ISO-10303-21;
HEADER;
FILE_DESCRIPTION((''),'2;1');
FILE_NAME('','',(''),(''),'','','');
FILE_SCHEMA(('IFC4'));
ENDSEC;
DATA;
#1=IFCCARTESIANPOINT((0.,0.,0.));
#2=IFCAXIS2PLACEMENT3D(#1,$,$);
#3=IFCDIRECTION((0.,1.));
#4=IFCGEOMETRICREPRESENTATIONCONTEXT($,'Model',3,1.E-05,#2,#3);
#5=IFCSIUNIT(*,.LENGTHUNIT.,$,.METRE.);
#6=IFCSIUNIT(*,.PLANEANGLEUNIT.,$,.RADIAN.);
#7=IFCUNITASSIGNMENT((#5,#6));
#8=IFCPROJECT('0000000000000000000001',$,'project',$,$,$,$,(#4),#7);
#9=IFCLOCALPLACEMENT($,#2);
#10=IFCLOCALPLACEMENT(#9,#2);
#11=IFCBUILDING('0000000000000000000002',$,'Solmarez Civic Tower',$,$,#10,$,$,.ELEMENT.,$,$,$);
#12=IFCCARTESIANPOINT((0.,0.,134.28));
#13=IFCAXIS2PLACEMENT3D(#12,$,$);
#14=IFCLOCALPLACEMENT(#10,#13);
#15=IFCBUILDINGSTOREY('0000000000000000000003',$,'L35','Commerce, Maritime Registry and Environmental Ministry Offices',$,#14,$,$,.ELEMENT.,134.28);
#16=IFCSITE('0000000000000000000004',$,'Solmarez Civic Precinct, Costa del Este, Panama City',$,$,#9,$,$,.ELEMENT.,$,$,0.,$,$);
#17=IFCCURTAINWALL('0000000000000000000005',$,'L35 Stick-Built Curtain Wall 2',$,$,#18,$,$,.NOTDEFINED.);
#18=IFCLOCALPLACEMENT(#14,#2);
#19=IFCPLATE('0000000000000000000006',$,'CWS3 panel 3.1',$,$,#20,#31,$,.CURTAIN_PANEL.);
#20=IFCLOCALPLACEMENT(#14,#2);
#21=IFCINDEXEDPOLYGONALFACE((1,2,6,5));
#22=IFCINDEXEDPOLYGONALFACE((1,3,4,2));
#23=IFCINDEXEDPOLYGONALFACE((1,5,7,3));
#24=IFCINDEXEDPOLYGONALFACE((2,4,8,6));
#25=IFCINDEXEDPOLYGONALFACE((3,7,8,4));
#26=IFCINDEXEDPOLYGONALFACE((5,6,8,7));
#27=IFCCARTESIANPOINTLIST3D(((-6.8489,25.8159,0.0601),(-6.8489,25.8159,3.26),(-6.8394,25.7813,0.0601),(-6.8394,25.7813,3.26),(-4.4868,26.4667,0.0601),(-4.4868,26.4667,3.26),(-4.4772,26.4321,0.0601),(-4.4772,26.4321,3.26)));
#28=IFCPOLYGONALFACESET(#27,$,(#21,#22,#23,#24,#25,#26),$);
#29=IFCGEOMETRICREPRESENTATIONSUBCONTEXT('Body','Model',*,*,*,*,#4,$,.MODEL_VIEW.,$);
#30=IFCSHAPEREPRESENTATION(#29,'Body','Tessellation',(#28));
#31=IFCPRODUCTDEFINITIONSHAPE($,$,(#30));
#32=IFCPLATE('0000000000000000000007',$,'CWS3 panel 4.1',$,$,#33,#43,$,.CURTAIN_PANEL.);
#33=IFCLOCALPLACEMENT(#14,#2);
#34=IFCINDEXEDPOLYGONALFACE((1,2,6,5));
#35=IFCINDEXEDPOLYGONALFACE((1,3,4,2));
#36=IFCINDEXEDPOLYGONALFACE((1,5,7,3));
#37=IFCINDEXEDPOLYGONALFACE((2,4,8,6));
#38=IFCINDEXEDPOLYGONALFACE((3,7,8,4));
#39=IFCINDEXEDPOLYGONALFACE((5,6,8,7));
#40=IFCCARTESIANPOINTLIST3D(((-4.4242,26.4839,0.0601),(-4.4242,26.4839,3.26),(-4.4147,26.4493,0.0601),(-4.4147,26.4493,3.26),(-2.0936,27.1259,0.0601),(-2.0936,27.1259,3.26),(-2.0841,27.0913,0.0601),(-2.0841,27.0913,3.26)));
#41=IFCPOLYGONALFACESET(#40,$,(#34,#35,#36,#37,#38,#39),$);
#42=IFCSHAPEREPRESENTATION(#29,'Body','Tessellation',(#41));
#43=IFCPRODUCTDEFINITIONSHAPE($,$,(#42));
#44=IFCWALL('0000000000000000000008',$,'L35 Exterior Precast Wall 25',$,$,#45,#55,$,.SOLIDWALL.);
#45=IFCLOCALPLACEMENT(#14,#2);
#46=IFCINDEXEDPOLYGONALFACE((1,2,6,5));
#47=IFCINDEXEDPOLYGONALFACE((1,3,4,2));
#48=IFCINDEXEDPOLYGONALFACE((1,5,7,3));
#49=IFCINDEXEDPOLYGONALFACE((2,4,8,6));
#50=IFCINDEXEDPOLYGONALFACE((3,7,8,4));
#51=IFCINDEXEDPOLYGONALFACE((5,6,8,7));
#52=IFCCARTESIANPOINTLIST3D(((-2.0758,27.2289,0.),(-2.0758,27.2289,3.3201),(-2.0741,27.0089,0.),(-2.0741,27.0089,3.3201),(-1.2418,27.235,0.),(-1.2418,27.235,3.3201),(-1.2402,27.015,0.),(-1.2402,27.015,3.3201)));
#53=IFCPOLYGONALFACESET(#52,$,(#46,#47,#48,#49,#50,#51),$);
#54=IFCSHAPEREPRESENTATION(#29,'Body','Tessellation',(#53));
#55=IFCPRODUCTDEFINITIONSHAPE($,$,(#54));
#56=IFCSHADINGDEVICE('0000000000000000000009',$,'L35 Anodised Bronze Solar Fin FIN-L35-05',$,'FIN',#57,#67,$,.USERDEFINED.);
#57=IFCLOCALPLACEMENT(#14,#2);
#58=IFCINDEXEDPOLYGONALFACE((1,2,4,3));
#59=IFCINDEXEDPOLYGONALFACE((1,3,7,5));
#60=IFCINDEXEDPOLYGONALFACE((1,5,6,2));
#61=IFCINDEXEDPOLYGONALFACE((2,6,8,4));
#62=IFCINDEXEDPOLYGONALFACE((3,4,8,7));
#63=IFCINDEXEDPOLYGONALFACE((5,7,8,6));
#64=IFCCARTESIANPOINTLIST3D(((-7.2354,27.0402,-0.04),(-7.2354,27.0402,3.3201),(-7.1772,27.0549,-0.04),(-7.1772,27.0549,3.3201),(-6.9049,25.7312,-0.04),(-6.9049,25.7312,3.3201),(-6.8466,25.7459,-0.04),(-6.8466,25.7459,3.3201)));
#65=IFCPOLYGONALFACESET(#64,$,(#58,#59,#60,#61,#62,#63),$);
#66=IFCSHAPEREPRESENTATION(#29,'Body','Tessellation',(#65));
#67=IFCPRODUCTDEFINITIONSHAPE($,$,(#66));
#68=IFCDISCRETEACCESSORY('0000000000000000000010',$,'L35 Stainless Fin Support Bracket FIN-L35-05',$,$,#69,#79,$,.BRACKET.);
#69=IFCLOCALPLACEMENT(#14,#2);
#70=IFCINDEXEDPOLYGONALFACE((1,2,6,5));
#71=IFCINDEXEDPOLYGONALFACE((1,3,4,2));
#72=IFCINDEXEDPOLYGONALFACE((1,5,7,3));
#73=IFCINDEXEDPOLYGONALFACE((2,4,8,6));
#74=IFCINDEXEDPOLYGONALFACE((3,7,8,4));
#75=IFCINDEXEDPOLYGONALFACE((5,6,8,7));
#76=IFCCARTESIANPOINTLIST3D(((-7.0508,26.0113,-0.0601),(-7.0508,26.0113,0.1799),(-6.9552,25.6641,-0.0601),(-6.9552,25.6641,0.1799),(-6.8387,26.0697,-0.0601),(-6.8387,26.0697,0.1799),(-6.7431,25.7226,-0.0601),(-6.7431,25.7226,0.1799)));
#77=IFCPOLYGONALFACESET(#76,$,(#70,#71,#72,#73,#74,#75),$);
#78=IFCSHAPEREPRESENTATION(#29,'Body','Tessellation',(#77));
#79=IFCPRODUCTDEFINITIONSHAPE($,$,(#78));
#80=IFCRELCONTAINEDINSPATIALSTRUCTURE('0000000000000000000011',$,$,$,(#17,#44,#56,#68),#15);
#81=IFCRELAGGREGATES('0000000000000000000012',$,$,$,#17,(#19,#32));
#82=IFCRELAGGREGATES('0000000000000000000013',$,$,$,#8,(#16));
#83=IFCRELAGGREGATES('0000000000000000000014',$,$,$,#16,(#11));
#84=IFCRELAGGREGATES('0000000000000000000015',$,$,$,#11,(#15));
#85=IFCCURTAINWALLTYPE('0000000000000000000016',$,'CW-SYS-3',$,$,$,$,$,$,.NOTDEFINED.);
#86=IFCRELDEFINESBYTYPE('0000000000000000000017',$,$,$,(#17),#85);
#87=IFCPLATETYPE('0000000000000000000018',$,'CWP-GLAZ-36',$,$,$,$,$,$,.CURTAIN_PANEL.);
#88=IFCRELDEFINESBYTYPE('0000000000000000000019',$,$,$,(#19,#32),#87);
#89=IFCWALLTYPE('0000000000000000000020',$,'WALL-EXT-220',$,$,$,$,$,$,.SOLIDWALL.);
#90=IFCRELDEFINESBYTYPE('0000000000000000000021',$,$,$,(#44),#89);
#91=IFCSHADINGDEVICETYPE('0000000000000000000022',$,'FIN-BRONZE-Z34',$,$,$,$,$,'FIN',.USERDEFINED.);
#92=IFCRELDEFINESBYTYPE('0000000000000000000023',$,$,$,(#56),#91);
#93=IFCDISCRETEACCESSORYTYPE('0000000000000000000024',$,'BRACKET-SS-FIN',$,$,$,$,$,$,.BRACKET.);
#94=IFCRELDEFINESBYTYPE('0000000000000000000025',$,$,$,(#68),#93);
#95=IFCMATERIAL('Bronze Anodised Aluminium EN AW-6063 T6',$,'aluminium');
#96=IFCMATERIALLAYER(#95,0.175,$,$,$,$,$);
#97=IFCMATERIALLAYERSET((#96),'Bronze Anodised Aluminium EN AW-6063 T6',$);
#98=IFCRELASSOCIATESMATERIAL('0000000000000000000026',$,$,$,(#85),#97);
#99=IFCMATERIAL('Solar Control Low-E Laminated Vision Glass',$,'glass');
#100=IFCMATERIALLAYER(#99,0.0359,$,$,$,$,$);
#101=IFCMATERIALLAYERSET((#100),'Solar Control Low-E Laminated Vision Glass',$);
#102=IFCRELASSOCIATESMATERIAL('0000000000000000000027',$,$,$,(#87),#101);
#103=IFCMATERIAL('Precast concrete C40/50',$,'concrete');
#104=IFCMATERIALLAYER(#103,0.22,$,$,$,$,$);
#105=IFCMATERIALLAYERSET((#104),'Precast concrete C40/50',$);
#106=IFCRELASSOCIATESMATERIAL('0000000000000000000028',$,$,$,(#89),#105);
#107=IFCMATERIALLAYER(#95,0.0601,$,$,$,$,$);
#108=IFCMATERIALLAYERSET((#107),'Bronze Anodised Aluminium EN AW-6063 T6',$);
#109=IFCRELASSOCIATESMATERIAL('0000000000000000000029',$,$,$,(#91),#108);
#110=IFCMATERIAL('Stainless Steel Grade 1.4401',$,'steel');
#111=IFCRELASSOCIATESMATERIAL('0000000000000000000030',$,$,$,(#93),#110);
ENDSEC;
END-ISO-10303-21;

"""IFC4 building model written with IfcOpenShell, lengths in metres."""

from ifc_helpers import new_model, si_unit, direction, frame, frame_2d, origin, origin_2d, place, context, subcontext, project, spatial, rectangle, extrude, material, layer, layer_set, type_object, element, aggregate, save


model = new_model("IFC4")

# Units and contexts
model_context = context("Model", 3, precision=1e-05, world=origin(), true_north=direction((0.0, 1.0)))
body_context = subcontext(model_context, "Body", "Model", "MODEL_VIEW")
ifc_project = project(units=[si_unit("LENGTHUNIT", "METRE"), si_unit("PLANEANGLEUNIT", "RADIAN")], contexts=[model_context])

# Site, building, storey
site_placement = place(None, origin())
site = spatial("IfcSite", under=ifc_project, at=site_placement, Name="Solmarez Civic Precinct, Costa del Este, Panama City", CompositionType="ELEMENT", RefElevation=0.0)
building_placement = place(site_placement, origin())
building = spatial("IfcBuilding", under=site, at=building_placement, Name="Solmarez Civic Tower", CompositionType="ELEMENT")
storey_placement = place(building_placement, frame((0.0, 0.0, 134.28)))
storey = spatial("IfcBuildingStorey", under=building, at=storey_placement, Name="L35", Description="Commerce, Maritime Registry and Environmental Ministry Offices", CompositionType="ELEMENT", Elevation=134.28)

# Curtain wall, plates
ifc_material_1 = material(Name="Bronze Anodised Aluminium EN AW-6063 T6", Category="aluminium")
ifc_layer_1 = layer(ifc_material_1, 0.175)
ifc_layer_set_1 = layer_set([ifc_layer_1], Name="Bronze Anodised Aluminium EN AW-6063 T6")
curtain_wall_type = type_object("IfcCurtainWallType", Name="CW-SYS-3", PredefinedType="NOTDEFINED", material=ifc_layer_set_1)
curtain_wall_placement = place(storey_placement, origin())
curtain_wall = element("IfcCurtainWall", 1, at=curtain_wall_placement, inside=storey, type_object=curtain_wall_type, Name="L35 Stick-Built Curtain Wall 2", PredefinedType="NOTDEFINED")
ifc_material_2 = material(Name="Solar Control Low-E Laminated Vision Glass", Category="glass")
ifc_layer_2 = layer(ifc_material_2, 0.0359)
ifc_layer_set_2 = layer_set([ifc_layer_2], Name="Solar Control Low-E Laminated Vision Glass")
plate_type = type_object("IfcPlateType", Name="CWP-GLAZ-36", PredefinedType="CURTAIN_PANEL", material=ifc_layer_set_2)
plate_1_placement = place(storey_placement, frame((-5.6631, 26.124, 0.0601), z_axis=(0.0, 0.0, 1.0), x_axis=(0.964084, 0.265598, 0.0)))
plate_1 = element("IfcPlate", 2, at=plate_1_placement, type_object=plate_type, Name="CWS3 panel 3.1", PredefinedType="CURTAIN_PANEL", context=body_context, shape_type="SweptSolid", body=[
    extrude(rectangle(XDim=2.4502, YDim=0.0359, at=origin_2d()), origin(), (0.0, 0.0, 1.0), 3.2),
])
plate_2_placement = place(storey_placement, frame((-3.2542, 26.7876, 0.0601), z_axis=(0.0, 0.0, 1.0), x_axis=(0.964084, 0.265598, 0.0)))
plate_2 = element("IfcPlate", 3, at=plate_2_placement, type_object=plate_type, Name="CWS3 panel 4.1", PredefinedType="CURTAIN_PANEL", context=body_context, shape_type="SweptSolid", body=[
    extrude(rectangle(XDim=2.4175, YDim=0.0359, at=origin_2d()), origin(), (0.0, 0.0, 1.0), 3.2),
])
aggregate(curtain_wall, [plate_1, plate_2])

# Wall
ifc_material_3 = material(Name="Precast concrete C40/50", Category="concrete")
ifc_layer_3 = layer(ifc_material_3, 0.22)
ifc_layer_set_3 = layer_set([ifc_layer_3], Name="Precast concrete C40/50")
wall_type = type_object("IfcWallType", Name="WALL-EXT-220", PredefinedType="SOLIDWALL", material=ifc_layer_set_3)
wall_placement = place(storey_placement, frame((-2.075, 27.1189, 0.0), z_axis=(0.0, 0.0, 1.0), x_axis=(0.999973, 0.007318, 0.0)))
element("IfcWall", 4, at=wall_placement, inside=storey, type_object=wall_type, Name="L35 Exterior Precast Wall 25", PredefinedType="SOLIDWALL", context=body_context, shape_type="SweptSolid", body=[
    extrude(rectangle(XDim=0.834, YDim=0.22, at=frame_2d((0.417, 0.0))), origin(), (0.0, 0.0, 1.0), 3.3201),
])

# Shading device
ifc_layer_4 = layer(ifc_material_1, 0.0601)
ifc_layer_set_4 = layer_set([ifc_layer_4], Name="Bronze Anodised Aluminium EN AW-6063 T6")
shading_device_type = type_object("IfcShadingDeviceType", Name="FIN-BRONZE-Z34", ElementType="FIN", PredefinedType="USERDEFINED", material=ifc_layer_set_4)
shading_device_placement = place(storey_placement, frame((-7.041, 26.3931, -0.04), z_axis=(0.0, 0.0, 1.0), x_axis=(-0.2448, 0.969574, 0.0)))
element("IfcShadingDevice", 5, at=shading_device_placement, inside=storey, type_object=shading_device_type, Name="L35 Anodised Bronze Solar Fin FIN-L35-05", ObjectType="FIN", PredefinedType="USERDEFINED", context=body_context, shape_type="SweptSolid", body=[
    extrude(rectangle(XDim=1.3501, YDim=0.0601, at=origin_2d()), origin(), (0.0, 0.0, 1.0), 3.3601),
])

# Discrete accessory
ifc_material_4 = material(Name="Stainless Steel Grade 1.4401", Category="steel")
discrete_accessory_type = type_object("IfcDiscreteAccessoryType", Name="BRACKET-SS-FIN", PredefinedType="BRACKET", material=ifc_material_4)
discrete_accessory_placement = place(storey_placement, frame((-6.897, 25.8669, -0.0601), z_axis=(0.0, 0.0, 1.0), x_axis=(-0.265526, 0.964104, 0.0)))
element("IfcDiscreteAccessory", 6, at=discrete_accessory_placement, inside=storey, type_object=discrete_accessory_type, Name="L35 Stainless Fin Support Bracket FIN-L35-05", PredefinedType="BRACKET", context=body_context, shape_type="SweptSolid", body=[
    extrude(rectangle(XDim=0.3601, YDim=0.22, at=origin_2d()), origin(), (0.0, 0.0, 1.0), 0.24),
])

save(model, "model.ifc")
